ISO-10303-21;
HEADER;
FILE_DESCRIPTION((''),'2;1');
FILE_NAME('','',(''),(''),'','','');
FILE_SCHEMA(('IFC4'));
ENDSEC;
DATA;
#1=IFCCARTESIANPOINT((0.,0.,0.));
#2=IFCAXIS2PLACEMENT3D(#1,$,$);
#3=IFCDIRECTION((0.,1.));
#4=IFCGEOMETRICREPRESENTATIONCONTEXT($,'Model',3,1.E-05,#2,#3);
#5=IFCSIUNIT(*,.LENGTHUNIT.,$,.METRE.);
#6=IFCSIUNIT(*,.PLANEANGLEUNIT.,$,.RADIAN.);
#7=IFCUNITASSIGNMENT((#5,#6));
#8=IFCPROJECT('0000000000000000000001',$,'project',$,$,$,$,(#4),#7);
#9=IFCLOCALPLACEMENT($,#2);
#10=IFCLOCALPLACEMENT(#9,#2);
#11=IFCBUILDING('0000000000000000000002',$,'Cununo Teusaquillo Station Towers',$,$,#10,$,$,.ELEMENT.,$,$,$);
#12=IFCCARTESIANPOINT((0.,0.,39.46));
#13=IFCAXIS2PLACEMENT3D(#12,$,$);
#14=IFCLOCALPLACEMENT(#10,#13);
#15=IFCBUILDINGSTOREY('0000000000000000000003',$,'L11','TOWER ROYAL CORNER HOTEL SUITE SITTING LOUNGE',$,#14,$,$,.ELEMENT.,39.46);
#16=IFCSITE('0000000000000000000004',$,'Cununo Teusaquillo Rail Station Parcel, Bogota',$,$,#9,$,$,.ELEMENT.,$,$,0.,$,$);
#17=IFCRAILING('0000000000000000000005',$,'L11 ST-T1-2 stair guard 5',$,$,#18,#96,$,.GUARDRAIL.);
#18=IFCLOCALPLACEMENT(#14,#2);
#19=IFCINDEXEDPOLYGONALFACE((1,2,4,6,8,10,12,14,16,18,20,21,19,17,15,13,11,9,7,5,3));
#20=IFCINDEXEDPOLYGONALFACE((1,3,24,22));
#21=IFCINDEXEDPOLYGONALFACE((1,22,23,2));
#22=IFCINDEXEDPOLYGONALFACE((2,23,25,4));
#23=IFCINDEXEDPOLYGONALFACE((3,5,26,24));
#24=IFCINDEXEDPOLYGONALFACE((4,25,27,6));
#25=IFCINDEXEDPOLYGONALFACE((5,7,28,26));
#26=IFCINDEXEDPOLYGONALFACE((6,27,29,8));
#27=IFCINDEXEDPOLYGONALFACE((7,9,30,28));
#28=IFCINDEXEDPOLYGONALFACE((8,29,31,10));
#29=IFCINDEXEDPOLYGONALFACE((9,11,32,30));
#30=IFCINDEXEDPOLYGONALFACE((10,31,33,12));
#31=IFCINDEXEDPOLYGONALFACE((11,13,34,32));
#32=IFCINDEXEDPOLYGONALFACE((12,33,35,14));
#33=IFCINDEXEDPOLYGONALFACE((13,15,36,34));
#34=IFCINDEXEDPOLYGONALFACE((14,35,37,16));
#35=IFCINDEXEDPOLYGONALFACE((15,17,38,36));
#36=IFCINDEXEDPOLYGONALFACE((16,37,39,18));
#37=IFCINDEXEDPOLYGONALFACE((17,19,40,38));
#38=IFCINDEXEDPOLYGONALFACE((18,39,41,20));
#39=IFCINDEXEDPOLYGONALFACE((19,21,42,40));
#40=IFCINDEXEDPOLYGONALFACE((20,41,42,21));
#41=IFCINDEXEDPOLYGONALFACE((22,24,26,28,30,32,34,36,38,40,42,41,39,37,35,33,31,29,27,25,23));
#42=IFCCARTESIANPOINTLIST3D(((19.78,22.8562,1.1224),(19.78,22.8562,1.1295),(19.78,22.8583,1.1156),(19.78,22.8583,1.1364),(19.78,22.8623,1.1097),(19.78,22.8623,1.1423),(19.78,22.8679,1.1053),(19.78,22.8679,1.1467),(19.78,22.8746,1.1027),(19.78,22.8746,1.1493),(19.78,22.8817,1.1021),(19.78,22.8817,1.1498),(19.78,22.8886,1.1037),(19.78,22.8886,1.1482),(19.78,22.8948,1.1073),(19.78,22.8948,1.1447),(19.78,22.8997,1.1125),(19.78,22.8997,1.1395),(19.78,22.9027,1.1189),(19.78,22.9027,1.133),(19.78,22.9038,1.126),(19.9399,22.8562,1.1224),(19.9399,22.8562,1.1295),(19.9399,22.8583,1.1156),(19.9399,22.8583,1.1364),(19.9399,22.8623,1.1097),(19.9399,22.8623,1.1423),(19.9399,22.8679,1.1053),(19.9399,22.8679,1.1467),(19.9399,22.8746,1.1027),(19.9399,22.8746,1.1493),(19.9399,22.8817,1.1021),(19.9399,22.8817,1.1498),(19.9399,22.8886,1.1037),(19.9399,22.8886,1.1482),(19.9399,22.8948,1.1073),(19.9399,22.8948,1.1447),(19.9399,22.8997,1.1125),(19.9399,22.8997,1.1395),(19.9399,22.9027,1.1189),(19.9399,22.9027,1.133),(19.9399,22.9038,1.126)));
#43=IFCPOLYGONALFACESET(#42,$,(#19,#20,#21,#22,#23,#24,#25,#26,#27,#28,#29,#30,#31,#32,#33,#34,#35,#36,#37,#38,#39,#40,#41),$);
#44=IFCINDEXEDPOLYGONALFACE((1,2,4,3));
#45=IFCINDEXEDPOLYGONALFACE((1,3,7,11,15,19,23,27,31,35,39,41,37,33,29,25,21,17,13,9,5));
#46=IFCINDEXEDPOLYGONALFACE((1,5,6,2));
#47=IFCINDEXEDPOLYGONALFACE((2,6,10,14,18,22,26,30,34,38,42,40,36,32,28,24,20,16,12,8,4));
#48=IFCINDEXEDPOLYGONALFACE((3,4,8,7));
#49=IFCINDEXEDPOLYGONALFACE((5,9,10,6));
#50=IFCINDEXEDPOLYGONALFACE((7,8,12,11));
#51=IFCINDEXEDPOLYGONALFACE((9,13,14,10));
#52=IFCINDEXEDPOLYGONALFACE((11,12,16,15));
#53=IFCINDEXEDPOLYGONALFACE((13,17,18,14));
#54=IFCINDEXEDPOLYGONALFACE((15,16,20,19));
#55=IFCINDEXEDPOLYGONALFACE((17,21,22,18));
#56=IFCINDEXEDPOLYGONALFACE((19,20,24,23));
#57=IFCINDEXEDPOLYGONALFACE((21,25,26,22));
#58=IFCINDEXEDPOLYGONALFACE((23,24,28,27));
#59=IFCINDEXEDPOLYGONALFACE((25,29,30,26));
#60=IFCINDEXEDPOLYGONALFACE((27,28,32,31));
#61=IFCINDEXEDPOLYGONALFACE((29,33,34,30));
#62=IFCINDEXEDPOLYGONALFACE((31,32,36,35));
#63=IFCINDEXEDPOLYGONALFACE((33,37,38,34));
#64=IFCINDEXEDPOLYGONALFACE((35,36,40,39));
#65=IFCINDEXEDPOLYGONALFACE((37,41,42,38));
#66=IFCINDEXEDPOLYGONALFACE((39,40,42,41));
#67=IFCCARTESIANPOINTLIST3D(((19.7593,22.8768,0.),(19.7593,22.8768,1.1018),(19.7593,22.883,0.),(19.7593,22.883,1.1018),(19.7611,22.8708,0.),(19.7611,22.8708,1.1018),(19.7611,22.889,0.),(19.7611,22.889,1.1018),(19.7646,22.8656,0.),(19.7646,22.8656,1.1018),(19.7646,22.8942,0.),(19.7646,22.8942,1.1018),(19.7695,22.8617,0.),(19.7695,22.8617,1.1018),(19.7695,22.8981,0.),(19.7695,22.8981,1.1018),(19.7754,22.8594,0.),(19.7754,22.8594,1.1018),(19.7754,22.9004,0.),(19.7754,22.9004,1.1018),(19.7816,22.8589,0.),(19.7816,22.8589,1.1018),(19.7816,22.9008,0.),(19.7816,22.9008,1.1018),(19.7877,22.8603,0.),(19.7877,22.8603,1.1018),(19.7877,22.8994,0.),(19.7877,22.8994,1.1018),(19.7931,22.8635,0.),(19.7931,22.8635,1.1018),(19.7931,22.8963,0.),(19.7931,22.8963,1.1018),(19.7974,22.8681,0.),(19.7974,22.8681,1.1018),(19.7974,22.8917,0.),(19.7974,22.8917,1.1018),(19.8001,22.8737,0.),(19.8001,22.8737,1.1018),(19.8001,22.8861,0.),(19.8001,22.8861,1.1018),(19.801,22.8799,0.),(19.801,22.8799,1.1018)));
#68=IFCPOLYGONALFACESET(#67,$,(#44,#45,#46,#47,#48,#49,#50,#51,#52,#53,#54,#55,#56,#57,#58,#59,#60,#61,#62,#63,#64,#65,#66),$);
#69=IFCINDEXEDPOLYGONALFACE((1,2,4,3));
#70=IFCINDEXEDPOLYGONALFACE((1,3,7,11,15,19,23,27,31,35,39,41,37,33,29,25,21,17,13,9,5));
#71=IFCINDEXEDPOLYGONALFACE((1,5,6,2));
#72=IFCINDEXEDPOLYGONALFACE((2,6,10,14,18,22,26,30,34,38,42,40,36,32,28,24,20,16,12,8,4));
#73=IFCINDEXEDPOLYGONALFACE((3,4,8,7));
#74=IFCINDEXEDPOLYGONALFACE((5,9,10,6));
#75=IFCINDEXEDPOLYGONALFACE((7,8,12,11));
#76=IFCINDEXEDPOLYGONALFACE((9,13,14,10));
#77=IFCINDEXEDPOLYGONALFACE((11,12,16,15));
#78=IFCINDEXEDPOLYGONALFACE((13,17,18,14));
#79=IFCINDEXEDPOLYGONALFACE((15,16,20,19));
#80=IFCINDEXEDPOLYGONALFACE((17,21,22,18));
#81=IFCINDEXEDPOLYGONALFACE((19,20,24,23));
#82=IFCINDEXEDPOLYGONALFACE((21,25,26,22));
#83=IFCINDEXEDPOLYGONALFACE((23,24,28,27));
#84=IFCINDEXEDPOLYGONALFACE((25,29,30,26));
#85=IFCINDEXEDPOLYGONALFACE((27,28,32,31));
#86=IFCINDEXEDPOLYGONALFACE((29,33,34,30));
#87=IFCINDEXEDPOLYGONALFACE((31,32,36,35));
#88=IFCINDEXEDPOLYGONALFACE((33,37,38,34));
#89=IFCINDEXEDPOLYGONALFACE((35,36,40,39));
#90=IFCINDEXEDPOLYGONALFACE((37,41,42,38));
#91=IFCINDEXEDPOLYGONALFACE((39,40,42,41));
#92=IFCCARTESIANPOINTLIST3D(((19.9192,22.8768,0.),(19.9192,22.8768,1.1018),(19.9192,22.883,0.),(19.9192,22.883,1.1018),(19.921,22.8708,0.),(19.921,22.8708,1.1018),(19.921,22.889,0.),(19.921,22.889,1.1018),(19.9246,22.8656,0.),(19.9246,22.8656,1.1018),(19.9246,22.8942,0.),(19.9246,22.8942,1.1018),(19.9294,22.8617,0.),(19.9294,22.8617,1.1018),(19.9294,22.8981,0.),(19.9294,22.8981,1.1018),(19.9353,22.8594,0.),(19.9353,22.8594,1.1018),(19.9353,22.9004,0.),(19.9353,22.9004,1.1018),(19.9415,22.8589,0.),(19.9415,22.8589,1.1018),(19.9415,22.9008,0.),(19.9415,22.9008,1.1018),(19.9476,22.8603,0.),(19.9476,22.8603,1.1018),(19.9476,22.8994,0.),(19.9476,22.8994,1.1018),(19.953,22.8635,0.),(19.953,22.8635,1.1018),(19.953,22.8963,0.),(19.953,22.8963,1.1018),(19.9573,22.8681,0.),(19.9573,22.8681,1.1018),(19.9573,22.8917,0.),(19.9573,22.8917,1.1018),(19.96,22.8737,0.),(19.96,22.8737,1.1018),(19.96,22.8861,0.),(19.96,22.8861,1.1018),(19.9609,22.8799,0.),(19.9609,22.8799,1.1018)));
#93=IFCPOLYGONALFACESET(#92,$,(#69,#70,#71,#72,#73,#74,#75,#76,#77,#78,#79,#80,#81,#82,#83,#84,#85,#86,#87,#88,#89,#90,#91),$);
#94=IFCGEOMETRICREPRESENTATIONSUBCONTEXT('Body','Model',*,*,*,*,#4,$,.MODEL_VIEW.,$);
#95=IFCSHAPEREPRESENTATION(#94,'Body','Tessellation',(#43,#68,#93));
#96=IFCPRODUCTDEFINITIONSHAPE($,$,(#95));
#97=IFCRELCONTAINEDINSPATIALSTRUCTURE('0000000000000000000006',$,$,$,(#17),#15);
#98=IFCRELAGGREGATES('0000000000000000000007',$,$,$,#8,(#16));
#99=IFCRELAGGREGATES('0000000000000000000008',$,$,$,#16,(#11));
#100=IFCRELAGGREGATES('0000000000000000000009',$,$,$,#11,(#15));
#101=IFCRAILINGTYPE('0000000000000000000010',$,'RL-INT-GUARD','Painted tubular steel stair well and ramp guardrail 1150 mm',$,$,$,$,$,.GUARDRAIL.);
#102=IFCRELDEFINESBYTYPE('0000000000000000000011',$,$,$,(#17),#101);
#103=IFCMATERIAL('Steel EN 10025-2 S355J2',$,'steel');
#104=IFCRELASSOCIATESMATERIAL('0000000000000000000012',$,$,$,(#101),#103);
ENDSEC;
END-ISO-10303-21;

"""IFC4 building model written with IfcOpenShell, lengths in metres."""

from ifc_helpers import new_model, si_unit, direction, frame, origin, origin_2d, place, context, subcontext, project, spatial, circle, extrude, material, type_object, element, save


model = new_model("IFC4")

# Units and contexts
model_context = context("Model", 3, precision=1e-05, world=origin(), true_north=direction((0.0, 1.0)))
body_context = subcontext(model_context, "Body", "Model", "MODEL_VIEW")
ifc_project = project(units=[si_unit("LENGTHUNIT", "METRE"), si_unit("PLANEANGLEUNIT", "RADIAN")], contexts=[model_context])

# Site, building, storey
site_placement = place(None, origin())
site = spatial("IfcSite", under=ifc_project, at=site_placement, Name="Cununo Teusaquillo Rail Station Parcel, Bogota", CompositionType="ELEMENT", RefElevation=0.0)
building_placement = place(site_placement, origin())
building = spatial("IfcBuilding", under=site, at=building_placement, Name="Cununo Teusaquillo Station Towers", CompositionType="ELEMENT")
storey_placement = place(building_placement, frame((0.0, 0.0, 39.46)))
storey = spatial("IfcBuildingStorey", under=building, at=storey_placement, Name="L11", Description="TOWER ROYAL CORNER HOTEL SUITE SITTING LOUNGE", CompositionType="ELEMENT", Elevation=39.46)

# Railing
ifc_material_1 = material(Name="Steel EN 10025-2 S355J2", Category="steel")
railing_type_1 = type_object("IfcRailingType", Name="RL-INT-GUARD", Description="Painted tubular steel stair well and ramp guardrail 1150 mm", PredefinedType="GUARDRAIL", material=ifc_material_1)
railing_1_placement = place(storey_placement, frame((19.78, 22.8799, 0.0)))
element("IfcRailing", 1, at=railing_1_placement, inside=storey, type_object=railing_type_1, Name="L11 ST-T1-2 stair guard 5", PredefinedType="GUARDRAIL", context=body_context, shape_type="SweptSolid", body=[
    extrude(circle(Radius=0.0239, at=origin_2d()), frame((0.0, 0.0, 1.126), z_axis=(1.0, 0.0, 0.0), x_axis=(0.0, 1.0, 0.0)), (0.0, 0.0, 1.0), 0.1599),
    extrude(circle(Radius=0.021, at=origin_2d()), origin(), (0.0, 0.0, 1.0), 1.1018),
    extrude(circle(Radius=0.021, at=origin_2d()), frame((0.1599, 0.0, 0.0)), (0.0, 0.0, 1.0), 1.1018),
])

save(model, "model.ifc")
